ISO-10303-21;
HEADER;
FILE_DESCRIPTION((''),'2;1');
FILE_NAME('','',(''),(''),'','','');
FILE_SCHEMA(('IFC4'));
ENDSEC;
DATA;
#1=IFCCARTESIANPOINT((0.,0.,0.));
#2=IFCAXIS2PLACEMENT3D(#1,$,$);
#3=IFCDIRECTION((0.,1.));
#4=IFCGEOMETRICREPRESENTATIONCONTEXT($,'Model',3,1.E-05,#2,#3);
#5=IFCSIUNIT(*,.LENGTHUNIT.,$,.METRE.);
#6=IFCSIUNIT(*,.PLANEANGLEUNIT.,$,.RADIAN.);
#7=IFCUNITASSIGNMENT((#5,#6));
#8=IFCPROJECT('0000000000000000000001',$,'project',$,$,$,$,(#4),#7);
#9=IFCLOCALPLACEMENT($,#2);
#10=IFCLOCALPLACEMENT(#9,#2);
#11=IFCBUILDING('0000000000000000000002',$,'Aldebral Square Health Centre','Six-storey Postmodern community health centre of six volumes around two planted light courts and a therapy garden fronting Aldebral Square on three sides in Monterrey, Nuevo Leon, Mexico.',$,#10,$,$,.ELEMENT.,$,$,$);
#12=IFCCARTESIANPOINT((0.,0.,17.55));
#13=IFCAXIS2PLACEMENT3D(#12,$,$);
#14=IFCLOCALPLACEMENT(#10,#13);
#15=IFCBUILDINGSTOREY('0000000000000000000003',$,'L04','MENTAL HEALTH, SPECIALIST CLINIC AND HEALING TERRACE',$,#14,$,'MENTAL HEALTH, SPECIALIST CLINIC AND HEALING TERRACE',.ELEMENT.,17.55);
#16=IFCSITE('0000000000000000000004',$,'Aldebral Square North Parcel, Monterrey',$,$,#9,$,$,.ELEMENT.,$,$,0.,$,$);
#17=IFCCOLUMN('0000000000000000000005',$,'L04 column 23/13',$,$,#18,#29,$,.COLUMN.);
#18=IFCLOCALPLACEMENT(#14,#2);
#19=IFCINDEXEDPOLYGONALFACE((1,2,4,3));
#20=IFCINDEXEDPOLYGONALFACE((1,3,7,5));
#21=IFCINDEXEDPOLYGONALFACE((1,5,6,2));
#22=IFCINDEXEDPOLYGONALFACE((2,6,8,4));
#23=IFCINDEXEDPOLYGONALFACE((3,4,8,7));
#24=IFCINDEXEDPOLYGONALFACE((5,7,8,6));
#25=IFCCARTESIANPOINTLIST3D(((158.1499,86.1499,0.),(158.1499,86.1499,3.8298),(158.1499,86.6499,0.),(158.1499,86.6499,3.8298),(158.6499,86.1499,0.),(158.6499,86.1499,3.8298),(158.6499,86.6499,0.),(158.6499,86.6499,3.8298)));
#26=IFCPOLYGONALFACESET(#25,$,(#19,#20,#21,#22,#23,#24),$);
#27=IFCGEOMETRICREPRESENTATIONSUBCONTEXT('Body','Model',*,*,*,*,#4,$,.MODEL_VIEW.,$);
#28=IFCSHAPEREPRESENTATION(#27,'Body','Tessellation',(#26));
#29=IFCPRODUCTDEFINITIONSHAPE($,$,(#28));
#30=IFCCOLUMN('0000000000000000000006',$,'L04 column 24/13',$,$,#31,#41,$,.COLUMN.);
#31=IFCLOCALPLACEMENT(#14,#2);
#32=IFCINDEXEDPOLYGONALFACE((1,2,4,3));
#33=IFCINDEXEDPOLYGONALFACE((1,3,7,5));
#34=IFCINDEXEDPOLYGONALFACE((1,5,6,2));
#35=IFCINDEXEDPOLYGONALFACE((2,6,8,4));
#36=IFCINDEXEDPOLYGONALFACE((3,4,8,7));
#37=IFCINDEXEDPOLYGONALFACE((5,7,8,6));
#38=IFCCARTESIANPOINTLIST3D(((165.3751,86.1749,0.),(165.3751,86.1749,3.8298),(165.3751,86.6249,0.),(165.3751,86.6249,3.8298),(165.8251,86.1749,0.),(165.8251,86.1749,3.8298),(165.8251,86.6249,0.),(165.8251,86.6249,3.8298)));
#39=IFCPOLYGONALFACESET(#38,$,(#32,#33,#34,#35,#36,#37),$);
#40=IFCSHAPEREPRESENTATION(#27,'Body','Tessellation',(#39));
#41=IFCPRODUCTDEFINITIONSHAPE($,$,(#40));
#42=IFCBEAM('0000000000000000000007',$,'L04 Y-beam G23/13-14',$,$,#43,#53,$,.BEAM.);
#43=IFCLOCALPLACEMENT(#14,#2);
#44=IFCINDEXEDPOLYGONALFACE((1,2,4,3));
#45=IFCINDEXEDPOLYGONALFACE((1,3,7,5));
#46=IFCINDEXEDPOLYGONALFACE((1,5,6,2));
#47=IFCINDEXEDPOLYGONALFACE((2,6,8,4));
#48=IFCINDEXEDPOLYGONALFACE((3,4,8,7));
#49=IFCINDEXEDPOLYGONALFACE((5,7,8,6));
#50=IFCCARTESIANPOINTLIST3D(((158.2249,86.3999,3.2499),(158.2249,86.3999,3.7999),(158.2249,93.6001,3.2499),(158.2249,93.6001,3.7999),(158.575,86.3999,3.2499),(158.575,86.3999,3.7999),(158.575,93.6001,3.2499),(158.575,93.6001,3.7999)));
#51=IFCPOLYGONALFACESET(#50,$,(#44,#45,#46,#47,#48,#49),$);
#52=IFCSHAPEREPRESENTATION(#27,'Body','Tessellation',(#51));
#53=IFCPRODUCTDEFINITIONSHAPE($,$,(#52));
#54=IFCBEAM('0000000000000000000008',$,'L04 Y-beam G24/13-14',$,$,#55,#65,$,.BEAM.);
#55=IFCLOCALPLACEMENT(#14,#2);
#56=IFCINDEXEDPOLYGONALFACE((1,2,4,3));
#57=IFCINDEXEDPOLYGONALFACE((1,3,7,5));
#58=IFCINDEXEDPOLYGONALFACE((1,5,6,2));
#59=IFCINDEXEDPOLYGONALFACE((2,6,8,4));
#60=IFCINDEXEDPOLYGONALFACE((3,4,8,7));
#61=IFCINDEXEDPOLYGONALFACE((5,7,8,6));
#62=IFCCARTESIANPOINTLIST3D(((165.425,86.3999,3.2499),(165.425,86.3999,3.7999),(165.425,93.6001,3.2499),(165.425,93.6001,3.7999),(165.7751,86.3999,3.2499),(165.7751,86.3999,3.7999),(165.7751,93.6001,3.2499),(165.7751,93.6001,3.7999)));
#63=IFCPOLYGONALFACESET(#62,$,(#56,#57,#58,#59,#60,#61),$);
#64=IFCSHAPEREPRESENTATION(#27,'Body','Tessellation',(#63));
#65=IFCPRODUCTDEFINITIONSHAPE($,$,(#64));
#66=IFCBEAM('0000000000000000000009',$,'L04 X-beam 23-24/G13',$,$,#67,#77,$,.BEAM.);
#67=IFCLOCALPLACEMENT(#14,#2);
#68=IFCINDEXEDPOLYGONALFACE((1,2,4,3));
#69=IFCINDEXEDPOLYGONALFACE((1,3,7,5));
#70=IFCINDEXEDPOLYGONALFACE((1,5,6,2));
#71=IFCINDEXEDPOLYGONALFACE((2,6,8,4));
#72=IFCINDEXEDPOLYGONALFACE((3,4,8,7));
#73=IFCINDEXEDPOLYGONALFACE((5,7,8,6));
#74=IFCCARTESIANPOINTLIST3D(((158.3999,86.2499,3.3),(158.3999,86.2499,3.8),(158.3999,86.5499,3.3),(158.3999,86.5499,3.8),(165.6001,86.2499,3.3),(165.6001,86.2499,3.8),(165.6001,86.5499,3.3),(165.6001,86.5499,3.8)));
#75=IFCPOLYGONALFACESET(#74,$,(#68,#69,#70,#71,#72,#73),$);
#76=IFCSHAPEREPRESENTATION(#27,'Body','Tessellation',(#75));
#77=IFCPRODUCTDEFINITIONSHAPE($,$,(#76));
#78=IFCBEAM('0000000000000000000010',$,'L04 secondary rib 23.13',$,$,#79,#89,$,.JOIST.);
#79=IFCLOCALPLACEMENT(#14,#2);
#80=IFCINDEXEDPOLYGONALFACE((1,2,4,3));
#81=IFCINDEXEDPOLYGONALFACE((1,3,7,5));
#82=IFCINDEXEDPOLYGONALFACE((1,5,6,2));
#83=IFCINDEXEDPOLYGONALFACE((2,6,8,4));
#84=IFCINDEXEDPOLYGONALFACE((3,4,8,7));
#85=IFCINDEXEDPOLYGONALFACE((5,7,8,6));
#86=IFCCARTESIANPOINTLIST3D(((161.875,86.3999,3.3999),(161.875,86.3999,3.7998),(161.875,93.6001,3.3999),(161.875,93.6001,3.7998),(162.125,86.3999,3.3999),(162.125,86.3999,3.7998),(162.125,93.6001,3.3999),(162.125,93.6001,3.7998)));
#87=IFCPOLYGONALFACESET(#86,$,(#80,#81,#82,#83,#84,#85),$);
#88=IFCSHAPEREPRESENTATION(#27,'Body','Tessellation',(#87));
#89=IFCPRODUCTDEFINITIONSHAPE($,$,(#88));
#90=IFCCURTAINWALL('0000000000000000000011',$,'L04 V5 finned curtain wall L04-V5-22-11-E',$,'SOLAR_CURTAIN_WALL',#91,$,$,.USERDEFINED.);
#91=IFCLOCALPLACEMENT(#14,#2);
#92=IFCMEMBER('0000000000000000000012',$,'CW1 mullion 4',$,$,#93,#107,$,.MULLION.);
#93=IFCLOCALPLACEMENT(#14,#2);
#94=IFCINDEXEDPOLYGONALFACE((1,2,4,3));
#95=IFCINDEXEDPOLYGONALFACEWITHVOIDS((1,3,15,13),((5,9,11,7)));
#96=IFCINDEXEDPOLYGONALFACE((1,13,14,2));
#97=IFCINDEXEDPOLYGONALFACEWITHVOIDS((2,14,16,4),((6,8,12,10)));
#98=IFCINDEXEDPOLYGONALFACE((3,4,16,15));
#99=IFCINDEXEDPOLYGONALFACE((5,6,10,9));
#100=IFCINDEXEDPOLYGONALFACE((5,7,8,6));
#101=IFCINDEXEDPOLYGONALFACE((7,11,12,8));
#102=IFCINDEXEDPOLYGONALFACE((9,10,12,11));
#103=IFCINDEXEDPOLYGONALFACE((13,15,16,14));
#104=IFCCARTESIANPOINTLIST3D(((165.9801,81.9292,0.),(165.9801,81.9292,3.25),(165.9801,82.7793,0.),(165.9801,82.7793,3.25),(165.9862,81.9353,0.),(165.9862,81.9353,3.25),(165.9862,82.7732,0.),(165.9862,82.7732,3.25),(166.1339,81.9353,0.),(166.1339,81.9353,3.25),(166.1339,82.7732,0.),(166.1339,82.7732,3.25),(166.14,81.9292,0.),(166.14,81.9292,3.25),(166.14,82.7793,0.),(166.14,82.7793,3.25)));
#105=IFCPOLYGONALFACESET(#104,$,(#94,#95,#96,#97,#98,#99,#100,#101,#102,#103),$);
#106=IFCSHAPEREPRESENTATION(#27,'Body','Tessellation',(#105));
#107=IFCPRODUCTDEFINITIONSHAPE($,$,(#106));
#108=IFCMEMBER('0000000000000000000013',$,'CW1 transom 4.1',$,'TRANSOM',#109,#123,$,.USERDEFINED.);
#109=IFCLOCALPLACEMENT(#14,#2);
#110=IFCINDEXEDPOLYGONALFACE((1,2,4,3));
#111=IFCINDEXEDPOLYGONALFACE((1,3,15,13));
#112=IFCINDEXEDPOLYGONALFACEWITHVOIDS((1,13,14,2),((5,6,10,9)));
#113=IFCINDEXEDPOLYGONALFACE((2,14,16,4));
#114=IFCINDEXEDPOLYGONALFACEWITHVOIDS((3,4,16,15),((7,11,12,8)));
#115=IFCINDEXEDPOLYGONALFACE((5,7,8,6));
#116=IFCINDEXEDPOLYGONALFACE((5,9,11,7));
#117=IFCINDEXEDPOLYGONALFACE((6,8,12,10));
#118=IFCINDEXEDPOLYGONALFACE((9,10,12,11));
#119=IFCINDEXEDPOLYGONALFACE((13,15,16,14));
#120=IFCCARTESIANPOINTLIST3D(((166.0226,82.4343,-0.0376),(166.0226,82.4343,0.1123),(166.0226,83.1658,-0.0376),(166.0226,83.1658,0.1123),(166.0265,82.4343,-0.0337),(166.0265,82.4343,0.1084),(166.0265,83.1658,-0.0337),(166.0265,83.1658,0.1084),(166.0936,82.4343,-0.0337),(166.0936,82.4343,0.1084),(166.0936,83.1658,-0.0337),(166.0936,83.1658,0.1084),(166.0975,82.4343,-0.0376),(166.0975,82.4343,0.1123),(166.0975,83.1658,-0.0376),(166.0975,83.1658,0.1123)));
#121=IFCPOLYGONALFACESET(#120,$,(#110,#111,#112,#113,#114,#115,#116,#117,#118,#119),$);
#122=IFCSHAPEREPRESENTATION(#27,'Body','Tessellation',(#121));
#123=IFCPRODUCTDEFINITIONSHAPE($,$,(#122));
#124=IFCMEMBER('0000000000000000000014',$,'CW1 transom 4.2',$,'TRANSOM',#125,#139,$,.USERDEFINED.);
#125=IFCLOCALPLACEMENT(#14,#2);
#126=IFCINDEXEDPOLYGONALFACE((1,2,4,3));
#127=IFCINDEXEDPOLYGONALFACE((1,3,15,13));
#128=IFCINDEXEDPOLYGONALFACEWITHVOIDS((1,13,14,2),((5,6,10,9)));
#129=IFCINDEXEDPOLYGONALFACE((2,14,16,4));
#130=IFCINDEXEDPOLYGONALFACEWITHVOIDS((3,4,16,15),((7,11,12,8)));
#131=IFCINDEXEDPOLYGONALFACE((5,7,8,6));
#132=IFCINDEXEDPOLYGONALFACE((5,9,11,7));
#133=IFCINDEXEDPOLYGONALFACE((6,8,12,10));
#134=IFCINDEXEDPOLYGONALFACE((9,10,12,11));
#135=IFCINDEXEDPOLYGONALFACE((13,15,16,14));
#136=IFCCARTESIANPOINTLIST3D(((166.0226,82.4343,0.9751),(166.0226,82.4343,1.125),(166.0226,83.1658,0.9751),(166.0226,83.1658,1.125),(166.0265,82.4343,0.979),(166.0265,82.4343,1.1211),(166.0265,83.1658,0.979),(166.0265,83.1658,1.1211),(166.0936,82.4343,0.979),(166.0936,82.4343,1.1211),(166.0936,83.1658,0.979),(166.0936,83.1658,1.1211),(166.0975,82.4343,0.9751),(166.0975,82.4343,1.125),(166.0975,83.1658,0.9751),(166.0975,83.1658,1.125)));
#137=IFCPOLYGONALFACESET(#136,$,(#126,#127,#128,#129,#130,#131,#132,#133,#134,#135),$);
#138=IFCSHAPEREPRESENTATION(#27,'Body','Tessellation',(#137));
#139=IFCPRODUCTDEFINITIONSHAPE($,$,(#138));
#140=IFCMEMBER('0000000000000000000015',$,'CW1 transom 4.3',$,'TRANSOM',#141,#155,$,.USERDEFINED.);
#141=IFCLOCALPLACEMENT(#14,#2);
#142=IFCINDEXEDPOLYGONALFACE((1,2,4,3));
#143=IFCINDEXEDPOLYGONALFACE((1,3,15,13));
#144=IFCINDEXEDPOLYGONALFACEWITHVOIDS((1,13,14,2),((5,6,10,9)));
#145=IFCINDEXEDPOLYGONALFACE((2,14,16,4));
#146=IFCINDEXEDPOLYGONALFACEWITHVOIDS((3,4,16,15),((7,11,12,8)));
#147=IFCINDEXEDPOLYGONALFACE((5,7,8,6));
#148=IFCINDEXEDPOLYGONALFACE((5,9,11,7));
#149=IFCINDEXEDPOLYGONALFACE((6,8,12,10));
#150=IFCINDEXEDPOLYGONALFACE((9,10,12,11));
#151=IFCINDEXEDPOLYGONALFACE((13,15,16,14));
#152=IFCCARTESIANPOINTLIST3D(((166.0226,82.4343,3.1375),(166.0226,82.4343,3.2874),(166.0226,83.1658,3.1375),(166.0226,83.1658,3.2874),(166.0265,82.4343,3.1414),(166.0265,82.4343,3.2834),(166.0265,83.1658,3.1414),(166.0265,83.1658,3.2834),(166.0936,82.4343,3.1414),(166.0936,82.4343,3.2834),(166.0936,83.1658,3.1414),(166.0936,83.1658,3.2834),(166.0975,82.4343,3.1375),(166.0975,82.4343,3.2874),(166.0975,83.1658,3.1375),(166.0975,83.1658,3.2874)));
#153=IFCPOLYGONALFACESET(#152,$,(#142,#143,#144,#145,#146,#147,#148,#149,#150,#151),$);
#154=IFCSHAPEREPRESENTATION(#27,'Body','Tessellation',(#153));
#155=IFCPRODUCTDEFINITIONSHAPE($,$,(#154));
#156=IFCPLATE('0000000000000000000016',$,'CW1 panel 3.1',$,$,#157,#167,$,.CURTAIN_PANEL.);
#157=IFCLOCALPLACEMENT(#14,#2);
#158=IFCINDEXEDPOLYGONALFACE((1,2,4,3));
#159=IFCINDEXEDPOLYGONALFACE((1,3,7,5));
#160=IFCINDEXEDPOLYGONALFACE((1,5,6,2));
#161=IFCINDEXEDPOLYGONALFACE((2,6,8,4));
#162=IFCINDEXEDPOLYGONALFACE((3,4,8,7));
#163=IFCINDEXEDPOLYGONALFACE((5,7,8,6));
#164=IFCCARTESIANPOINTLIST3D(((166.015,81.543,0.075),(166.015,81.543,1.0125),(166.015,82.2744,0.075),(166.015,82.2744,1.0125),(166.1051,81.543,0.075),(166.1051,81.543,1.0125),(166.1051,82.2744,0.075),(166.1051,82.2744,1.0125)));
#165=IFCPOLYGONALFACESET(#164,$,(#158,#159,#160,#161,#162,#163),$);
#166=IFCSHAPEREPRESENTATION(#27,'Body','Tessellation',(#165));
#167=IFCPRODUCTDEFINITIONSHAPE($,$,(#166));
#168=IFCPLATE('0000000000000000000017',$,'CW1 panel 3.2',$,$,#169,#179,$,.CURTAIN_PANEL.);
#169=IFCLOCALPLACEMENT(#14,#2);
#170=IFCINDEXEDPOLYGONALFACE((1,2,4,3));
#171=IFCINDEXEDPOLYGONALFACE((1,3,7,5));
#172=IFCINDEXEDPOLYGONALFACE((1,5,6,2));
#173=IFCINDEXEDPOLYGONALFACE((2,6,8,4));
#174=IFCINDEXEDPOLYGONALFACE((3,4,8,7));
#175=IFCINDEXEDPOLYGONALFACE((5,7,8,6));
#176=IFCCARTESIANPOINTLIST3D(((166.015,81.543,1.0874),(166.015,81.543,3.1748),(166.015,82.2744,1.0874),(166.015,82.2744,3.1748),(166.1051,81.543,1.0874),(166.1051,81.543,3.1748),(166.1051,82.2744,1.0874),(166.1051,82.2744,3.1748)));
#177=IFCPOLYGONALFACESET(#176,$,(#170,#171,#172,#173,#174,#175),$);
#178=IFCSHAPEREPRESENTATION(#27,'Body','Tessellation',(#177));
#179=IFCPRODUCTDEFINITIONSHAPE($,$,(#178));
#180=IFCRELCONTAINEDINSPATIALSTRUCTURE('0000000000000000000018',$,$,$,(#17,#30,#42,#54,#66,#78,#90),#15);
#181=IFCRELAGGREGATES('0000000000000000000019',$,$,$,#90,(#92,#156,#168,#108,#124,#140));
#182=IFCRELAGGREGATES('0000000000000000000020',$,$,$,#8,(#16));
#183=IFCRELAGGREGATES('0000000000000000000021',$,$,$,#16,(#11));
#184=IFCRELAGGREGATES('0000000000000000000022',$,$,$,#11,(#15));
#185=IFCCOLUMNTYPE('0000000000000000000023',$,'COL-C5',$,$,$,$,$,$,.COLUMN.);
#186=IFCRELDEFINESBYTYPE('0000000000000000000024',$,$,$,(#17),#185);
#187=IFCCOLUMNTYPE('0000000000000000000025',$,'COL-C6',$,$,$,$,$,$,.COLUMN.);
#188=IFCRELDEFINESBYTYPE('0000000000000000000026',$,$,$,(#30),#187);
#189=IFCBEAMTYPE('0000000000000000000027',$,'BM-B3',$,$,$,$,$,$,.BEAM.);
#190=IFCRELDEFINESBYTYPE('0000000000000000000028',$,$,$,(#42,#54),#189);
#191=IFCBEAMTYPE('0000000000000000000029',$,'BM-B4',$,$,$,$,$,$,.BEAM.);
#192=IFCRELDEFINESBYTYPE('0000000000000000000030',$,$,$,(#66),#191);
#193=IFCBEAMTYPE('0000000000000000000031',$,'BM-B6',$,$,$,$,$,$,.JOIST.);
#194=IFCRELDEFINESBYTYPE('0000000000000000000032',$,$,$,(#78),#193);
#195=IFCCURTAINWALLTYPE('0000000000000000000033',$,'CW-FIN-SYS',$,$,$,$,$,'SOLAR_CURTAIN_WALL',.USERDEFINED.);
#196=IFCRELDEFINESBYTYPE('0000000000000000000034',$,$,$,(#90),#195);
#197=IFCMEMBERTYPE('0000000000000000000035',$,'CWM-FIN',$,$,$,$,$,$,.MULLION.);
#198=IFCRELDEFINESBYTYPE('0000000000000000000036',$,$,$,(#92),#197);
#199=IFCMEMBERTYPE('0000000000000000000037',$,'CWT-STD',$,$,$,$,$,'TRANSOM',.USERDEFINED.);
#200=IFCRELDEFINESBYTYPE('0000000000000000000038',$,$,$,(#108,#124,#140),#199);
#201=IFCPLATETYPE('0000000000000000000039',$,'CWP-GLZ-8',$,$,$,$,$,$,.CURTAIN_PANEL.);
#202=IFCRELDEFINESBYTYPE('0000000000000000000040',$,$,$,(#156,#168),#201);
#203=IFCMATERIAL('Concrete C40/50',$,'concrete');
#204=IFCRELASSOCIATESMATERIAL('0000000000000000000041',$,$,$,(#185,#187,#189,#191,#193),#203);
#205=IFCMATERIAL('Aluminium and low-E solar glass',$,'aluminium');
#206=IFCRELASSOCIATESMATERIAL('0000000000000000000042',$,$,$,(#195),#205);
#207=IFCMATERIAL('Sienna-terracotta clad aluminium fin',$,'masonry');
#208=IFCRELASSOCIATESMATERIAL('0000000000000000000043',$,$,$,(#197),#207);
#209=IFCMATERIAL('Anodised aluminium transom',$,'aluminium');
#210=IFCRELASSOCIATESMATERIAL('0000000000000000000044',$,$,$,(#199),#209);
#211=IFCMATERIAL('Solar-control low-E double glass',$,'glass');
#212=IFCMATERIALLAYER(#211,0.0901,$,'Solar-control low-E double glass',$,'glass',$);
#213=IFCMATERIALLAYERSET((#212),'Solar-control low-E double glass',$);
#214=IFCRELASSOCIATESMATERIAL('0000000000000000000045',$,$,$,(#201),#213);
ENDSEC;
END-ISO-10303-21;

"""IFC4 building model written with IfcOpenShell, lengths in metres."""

from ifc_helpers import new_model, si_unit, direction, frame, origin, origin_2d, place, context, subcontext, project, spatial, rectangle, hollow_rectangle, extrude, material, layer, layer_set, material_profile, profile_set, type_object, element, aggregate, save


model = new_model("IFC4")

# Units and contexts
model_context = context("Model", 3, precision=1e-05, world=origin(), true_north=direction((0.0, 1.0)))
body_context = subcontext(model_context, "Body", "Model", "MODEL_VIEW")
ifc_project = project(units=[si_unit("LENGTHUNIT", "METRE"), si_unit("PLANEANGLEUNIT", "RADIAN")], contexts=[model_context])

# Site, building, storey
site_placement = place(None, origin())
site = spatial("IfcSite", under=ifc_project, at=site_placement, Name="Aldebral Square North Parcel, Monterrey", CompositionType="ELEMENT", RefElevation=0.0)
building_placement = place(site_placement, origin())
building = spatial("IfcBuilding", under=site, at=building_placement, Name="Aldebral Square Health Centre", Description="Six-storey Postmodern community health centre of six volumes around two planted light courts and a therapy garden fronting Aldebral Square on three sides in Monterrey, Nuevo Leon, Mexico.", CompositionType="ELEMENT")
storey_placement = place(building_placement, frame((0.0, 0.0, 17.55)))
storey = spatial("IfcBuildingStorey", under=building, at=storey_placement, Name="L04", Description="MENTAL HEALTH, SPECIALIST CLINIC AND HEALING TERRACE", LongName="MENTAL HEALTH, SPECIALIST CLINIC AND HEALING TERRACE", CompositionType="ELEMENT", Elevation=17.55)

# Columns
ifc_material_1 = material(Name="Concrete C40/50", Category="concrete")
ifc_material_profile_1 = material_profile(ifc_material_1, rectangle(XDim=0.5, YDim=0.5, at=origin_2d()), Name="RC 500x500")
ifc_profile_set_1 = profile_set([ifc_material_profile_1], Name="Concrete C40/50")
column_type_1 = type_object("IfcColumnType", Name="COL-C5", PredefinedType="COLUMN", material=ifc_profile_set_1)
column_1_placement = place(storey_placement, frame((158.3999, 86.3999, 0.0), z_axis=(0.0, 0.0, 1.0), x_axis=(1.0, 0.0, 0.0)))
element("IfcColumn", 1, at=column_1_placement, inside=storey, type_object=column_type_1, Name="L04 column 23/13", PredefinedType="COLUMN", context=body_context, shape_type="SweptSolid", body=[
    extrude(rectangle(XDim=0.5, YDim=0.5, at=origin_2d()), origin(), (0.0, 0.0, 1.0), 3.8298),
])
ifc_material_profile_2 = material_profile(ifc_material_1, rectangle(XDim=0.45, YDim=0.45, at=origin_2d()), Name="RC 450x450")
ifc_profile_set_2 = profile_set([ifc_material_profile_2], Name="Concrete C40/50")
column_type_2 = type_object("IfcColumnType", Name="COL-C6", PredefinedType="COLUMN", material=ifc_profile_set_2)
column_2_placement = place(storey_placement, frame((165.6001, 86.3999, 0.0), z_axis=(0.0, 0.0, 1.0), x_axis=(1.0, 0.0, 0.0)))
element("IfcColumn", 2, at=column_2_placement, inside=storey, type_object=column_type_2, Name="L04 column 24/13", PredefinedType="COLUMN", context=body_context, shape_type="SweptSolid", body=[
    extrude(rectangle(XDim=0.45, YDim=0.45, at=origin_2d()), origin(), (0.0, 0.0, 1.0), 3.8298),
])

# Beams
ifc_material_profile_3 = material_profile(ifc_material_1, rectangle(XDim=0.3501, YDim=0.55, at=origin_2d()), Name="RC 350x550")
ifc_profile_set_3 = profile_set([ifc_material_profile_3], Name="Concrete C40/50")
beam_type_1 = type_object("IfcBeamType", Name="BM-B3", PredefinedType="BEAM", material=ifc_profile_set_3)
for number, where, z_axis, x_axis, name in (
    (3, (158.3999, 86.3999, 3.5249), (0.0, 1.0, 0.0), (-1.0, 0.0, 0.0), "L04 Y-beam G23/13-14"),
    (4, (165.6001, 86.3999, 3.5249), (0.0, 1.0, 0.0), (-1.0, 0.0, 0.0), "L04 Y-beam G24/13-14"),
):
    element("IfcBeam", number, at=place(storey_placement, frame(where, z_axis=z_axis, x_axis=x_axis)), inside=storey, type_object=beam_type_1, Name=name, PredefinedType="BEAM", context=body_context, shape_type="SweptSolid", body=[
        extrude(rectangle(XDim=0.3501, YDim=0.55, at=origin_2d()), origin(), (0.0, 0.0, 1.0), 7.2002),
    ])
ifc_material_profile_4 = material_profile(ifc_material_1, rectangle(XDim=0.3, YDim=0.5, at=origin_2d()), Name="RC 300x500")
ifc_profile_set_4 = profile_set([ifc_material_profile_4], Name="Concrete C40/50")
beam_type_2 = type_object("IfcBeamType", Name="BM-B4", PredefinedType="BEAM", material=ifc_profile_set_4)
beam_1_placement = place(storey_placement, frame((158.3999, 86.3999, 3.55), z_axis=(1.0, 0.0, 0.0), x_axis=(0.0, 1.0, 0.0)))
element("IfcBeam", 5, at=beam_1_placement, inside=storey, type_object=beam_type_2, Name="L04 X-beam 23-24/G13", PredefinedType="BEAM", context=body_context, shape_type="SweptSolid", body=[
    extrude(rectangle(XDim=0.3, YDim=0.5, at=origin_2d()), origin(), (0.0, 0.0, 1.0), 7.2002),
])
ifc_material_profile_5 = material_profile(ifc_material_1, rectangle(XDim=0.25, YDim=0.3999, at=origin_2d()), Name="RC 250x400")
ifc_profile_set_5 = profile_set([ifc_material_profile_5], Name="Concrete C40/50")
beam_type_3 = type_object("IfcBeamType", Name="BM-B6", PredefinedType="JOIST", material=ifc_profile_set_5)
beam_2_placement = place(storey_placement, frame((162.0, 86.3999, 3.5999), z_axis=(0.0, 1.0, 0.0), x_axis=(-1.0, 0.0, 0.0)))
element("IfcBeam", 6, at=beam_2_placement, inside=storey, type_object=beam_type_3, Name="L04 secondary rib 23.13", PredefinedType="JOIST", context=body_context, shape_type="SweptSolid", body=[
    extrude(rectangle(XDim=0.25, YDim=0.3999, at=origin_2d()), origin(), (0.0, 0.0, 1.0), 7.2002),
])

# Curtain wall, members, plates
ifc_material_2 = material(Name="Aluminium and low-E solar glass", Category="aluminium")
curtain_wall_type = type_object("IfcCurtainWallType", Name="CW-FIN-SYS", ElementType="SOLAR_CURTAIN_WALL", PredefinedType="USERDEFINED", material=ifc_material_2)
curtain_wall_placement = place(storey_placement, origin())
curtain_wall = element("IfcCurtainWall", 7, at=curtain_wall_placement, inside=storey, type_object=curtain_wall_type, Name="L04 V5 finned curtain wall L04-V5-22-11-E", ObjectType="SOLAR_CURTAIN_WALL", PredefinedType="USERDEFINED")
ifc_material_3 = material(Name="Sienna-terracotta clad aluminium fin", Category="masonry")
ifc_material_profile_6 = material_profile(ifc_material_3, hollow_rectangle(XDim=0.1599, YDim=0.8501, WallThickness=0.0061, at=origin_2d()), Name="FIN 160x850x6")
ifc_profile_set_6 = profile_set([ifc_material_profile_6], Name="Sienna-terracotta clad aluminium fin")
member_type_1 = type_object("IfcMemberType", Name="CWM-FIN", PredefinedType="MULLION", material=ifc_profile_set_6)
member_1_placement = place(storey_placement, frame((166.0601, 82.3542, 0.0), z_axis=(0.0, 0.0, 1.0), x_axis=(-1.0, 0.0, 0.0)))
member_1 = element("IfcMember", 8, at=member_1_placement, type_object=member_type_1, Name="CW1 mullion 4", PredefinedType="MULLION", context=body_context, shape_type="SweptSolid", body=[
    extrude(hollow_rectangle(XDim=0.1599, YDim=0.8501, WallThickness=0.0061, at=origin_2d()), origin(), (0.0, 0.0, 1.0), 3.25),
])
ifc_material_4 = material(Name="Anodised aluminium transom", Category="aluminium")
ifc_material_profile_7 = material_profile(ifc_material_4, hollow_rectangle(XDim=0.075, YDim=0.1499, WallThickness=0.0039, at=origin_2d()), Name="CWT 75x150x4")
ifc_profile_set_7 = profile_set([ifc_material_profile_7], Name="Anodised aluminium transom")
member_type_2 = type_object("IfcMemberType", Name="CWT-STD", ElementType="TRANSOM", PredefinedType="USERDEFINED", material=ifc_profile_set_7)
member_2_placement = place(storey_placement, frame((166.0601, 82.4343, 0.0374), z_axis=(0.0, 1.0, 0.0), x_axis=(-1.0, 0.0, 0.0)))
member_2 = element("IfcMember", 9, at=member_2_placement, type_object=member_type_2, Name="CW1 transom 4.1", ObjectType="TRANSOM", PredefinedType="USERDEFINED", context=body_context, shape_type="SweptSolid", body=[
    extrude(hollow_rectangle(XDim=0.075, YDim=0.1499, WallThickness=0.0039, at=origin_2d()), origin(), (0.0, 0.0, 1.0), 0.7314),
])
member_3_placement = place(storey_placement, frame((166.0601, 82.4343, 1.05), z_axis=(0.0, 1.0, 0.0), x_axis=(-1.0, 0.0, 0.0)))
member_3 = element("IfcMember", 10, at=member_3_placement, type_object=member_type_2, Name="CW1 transom 4.2", ObjectType="TRANSOM", PredefinedType="USERDEFINED", context=body_context, shape_type="SweptSolid", body=[
    extrude(hollow_rectangle(XDim=0.075, YDim=0.1499, WallThickness=0.0039, at=origin_2d()), origin(), (0.0, 0.0, 1.0), 0.7314),
])
member_4_placement = place(storey_placement, frame((166.0601, 82.4343, 3.2124), z_axis=(0.0, 1.0, 0.0), x_axis=(-1.0, 0.0, 0.0)))
member_4 = element("IfcMember", 11, at=member_4_placement, type_object=member_type_2, Name="CW1 transom 4.3", ObjectType="TRANSOM", PredefinedType="USERDEFINED", context=body_context, shape_type="SweptSolid", body=[
    extrude(hollow_rectangle(XDim=0.075, YDim=0.1499, WallThickness=0.0039, at=origin_2d()), origin(), (0.0, 0.0, 1.0), 0.7314),
])
ifc_material_5 = material(Name="Solar-control low-E double glass", Category="glass")
ifc_layer_1 = layer(ifc_material_5, 0.0901, Name="Solar-control low-E double glass", Category="glass")
ifc_layer_set_1 = layer_set([ifc_layer_1], Name="Solar-control low-E double glass")
plate_type = type_object("IfcPlateType", Name="CWP-GLZ-8", PredefinedType="CURTAIN_PANEL", material=ifc_layer_set_1)
plate_1_placement = place(storey_placement, frame((166.0601, 81.9087, 0.075), z_axis=(0.0, 0.0, 1.0), x_axis=(0.0, 1.0, 0.0)))
plate_1 = element("IfcPlate", 12, at=plate_1_placement, type_object=plate_type, Name="CW1 panel 3.1", PredefinedType="CURTAIN_PANEL", context=body_context, shape_type="SweptSolid", body=[
    extrude(rectangle(XDim=0.7314, YDim=0.0901, at=origin_2d()), origin(), (0.0, 0.0, 1.0), 0.9375),
])
plate_2_placement = place(storey_placement, frame((166.0601, 81.9087, 1.0874), z_axis=(0.0, 0.0, 1.0), x_axis=(0.0, 1.0, 0.0)))
plate_2 = element("IfcPlate", 13, at=plate_2_placement, type_object=plate_type, Name="CW1 panel 3.2", PredefinedType="CURTAIN_PANEL", context=body_context, shape_type="SweptSolid", body=[
    extrude(rectangle(XDim=0.7314, YDim=0.0901, at=origin_2d()), origin(), (0.0, 0.0, 1.0), 2.0874),
])
aggregate(curtain_wall, [member_1, plate_1, plate_2, member_2, member_3, member_4])

save(model, "model.ifc")
